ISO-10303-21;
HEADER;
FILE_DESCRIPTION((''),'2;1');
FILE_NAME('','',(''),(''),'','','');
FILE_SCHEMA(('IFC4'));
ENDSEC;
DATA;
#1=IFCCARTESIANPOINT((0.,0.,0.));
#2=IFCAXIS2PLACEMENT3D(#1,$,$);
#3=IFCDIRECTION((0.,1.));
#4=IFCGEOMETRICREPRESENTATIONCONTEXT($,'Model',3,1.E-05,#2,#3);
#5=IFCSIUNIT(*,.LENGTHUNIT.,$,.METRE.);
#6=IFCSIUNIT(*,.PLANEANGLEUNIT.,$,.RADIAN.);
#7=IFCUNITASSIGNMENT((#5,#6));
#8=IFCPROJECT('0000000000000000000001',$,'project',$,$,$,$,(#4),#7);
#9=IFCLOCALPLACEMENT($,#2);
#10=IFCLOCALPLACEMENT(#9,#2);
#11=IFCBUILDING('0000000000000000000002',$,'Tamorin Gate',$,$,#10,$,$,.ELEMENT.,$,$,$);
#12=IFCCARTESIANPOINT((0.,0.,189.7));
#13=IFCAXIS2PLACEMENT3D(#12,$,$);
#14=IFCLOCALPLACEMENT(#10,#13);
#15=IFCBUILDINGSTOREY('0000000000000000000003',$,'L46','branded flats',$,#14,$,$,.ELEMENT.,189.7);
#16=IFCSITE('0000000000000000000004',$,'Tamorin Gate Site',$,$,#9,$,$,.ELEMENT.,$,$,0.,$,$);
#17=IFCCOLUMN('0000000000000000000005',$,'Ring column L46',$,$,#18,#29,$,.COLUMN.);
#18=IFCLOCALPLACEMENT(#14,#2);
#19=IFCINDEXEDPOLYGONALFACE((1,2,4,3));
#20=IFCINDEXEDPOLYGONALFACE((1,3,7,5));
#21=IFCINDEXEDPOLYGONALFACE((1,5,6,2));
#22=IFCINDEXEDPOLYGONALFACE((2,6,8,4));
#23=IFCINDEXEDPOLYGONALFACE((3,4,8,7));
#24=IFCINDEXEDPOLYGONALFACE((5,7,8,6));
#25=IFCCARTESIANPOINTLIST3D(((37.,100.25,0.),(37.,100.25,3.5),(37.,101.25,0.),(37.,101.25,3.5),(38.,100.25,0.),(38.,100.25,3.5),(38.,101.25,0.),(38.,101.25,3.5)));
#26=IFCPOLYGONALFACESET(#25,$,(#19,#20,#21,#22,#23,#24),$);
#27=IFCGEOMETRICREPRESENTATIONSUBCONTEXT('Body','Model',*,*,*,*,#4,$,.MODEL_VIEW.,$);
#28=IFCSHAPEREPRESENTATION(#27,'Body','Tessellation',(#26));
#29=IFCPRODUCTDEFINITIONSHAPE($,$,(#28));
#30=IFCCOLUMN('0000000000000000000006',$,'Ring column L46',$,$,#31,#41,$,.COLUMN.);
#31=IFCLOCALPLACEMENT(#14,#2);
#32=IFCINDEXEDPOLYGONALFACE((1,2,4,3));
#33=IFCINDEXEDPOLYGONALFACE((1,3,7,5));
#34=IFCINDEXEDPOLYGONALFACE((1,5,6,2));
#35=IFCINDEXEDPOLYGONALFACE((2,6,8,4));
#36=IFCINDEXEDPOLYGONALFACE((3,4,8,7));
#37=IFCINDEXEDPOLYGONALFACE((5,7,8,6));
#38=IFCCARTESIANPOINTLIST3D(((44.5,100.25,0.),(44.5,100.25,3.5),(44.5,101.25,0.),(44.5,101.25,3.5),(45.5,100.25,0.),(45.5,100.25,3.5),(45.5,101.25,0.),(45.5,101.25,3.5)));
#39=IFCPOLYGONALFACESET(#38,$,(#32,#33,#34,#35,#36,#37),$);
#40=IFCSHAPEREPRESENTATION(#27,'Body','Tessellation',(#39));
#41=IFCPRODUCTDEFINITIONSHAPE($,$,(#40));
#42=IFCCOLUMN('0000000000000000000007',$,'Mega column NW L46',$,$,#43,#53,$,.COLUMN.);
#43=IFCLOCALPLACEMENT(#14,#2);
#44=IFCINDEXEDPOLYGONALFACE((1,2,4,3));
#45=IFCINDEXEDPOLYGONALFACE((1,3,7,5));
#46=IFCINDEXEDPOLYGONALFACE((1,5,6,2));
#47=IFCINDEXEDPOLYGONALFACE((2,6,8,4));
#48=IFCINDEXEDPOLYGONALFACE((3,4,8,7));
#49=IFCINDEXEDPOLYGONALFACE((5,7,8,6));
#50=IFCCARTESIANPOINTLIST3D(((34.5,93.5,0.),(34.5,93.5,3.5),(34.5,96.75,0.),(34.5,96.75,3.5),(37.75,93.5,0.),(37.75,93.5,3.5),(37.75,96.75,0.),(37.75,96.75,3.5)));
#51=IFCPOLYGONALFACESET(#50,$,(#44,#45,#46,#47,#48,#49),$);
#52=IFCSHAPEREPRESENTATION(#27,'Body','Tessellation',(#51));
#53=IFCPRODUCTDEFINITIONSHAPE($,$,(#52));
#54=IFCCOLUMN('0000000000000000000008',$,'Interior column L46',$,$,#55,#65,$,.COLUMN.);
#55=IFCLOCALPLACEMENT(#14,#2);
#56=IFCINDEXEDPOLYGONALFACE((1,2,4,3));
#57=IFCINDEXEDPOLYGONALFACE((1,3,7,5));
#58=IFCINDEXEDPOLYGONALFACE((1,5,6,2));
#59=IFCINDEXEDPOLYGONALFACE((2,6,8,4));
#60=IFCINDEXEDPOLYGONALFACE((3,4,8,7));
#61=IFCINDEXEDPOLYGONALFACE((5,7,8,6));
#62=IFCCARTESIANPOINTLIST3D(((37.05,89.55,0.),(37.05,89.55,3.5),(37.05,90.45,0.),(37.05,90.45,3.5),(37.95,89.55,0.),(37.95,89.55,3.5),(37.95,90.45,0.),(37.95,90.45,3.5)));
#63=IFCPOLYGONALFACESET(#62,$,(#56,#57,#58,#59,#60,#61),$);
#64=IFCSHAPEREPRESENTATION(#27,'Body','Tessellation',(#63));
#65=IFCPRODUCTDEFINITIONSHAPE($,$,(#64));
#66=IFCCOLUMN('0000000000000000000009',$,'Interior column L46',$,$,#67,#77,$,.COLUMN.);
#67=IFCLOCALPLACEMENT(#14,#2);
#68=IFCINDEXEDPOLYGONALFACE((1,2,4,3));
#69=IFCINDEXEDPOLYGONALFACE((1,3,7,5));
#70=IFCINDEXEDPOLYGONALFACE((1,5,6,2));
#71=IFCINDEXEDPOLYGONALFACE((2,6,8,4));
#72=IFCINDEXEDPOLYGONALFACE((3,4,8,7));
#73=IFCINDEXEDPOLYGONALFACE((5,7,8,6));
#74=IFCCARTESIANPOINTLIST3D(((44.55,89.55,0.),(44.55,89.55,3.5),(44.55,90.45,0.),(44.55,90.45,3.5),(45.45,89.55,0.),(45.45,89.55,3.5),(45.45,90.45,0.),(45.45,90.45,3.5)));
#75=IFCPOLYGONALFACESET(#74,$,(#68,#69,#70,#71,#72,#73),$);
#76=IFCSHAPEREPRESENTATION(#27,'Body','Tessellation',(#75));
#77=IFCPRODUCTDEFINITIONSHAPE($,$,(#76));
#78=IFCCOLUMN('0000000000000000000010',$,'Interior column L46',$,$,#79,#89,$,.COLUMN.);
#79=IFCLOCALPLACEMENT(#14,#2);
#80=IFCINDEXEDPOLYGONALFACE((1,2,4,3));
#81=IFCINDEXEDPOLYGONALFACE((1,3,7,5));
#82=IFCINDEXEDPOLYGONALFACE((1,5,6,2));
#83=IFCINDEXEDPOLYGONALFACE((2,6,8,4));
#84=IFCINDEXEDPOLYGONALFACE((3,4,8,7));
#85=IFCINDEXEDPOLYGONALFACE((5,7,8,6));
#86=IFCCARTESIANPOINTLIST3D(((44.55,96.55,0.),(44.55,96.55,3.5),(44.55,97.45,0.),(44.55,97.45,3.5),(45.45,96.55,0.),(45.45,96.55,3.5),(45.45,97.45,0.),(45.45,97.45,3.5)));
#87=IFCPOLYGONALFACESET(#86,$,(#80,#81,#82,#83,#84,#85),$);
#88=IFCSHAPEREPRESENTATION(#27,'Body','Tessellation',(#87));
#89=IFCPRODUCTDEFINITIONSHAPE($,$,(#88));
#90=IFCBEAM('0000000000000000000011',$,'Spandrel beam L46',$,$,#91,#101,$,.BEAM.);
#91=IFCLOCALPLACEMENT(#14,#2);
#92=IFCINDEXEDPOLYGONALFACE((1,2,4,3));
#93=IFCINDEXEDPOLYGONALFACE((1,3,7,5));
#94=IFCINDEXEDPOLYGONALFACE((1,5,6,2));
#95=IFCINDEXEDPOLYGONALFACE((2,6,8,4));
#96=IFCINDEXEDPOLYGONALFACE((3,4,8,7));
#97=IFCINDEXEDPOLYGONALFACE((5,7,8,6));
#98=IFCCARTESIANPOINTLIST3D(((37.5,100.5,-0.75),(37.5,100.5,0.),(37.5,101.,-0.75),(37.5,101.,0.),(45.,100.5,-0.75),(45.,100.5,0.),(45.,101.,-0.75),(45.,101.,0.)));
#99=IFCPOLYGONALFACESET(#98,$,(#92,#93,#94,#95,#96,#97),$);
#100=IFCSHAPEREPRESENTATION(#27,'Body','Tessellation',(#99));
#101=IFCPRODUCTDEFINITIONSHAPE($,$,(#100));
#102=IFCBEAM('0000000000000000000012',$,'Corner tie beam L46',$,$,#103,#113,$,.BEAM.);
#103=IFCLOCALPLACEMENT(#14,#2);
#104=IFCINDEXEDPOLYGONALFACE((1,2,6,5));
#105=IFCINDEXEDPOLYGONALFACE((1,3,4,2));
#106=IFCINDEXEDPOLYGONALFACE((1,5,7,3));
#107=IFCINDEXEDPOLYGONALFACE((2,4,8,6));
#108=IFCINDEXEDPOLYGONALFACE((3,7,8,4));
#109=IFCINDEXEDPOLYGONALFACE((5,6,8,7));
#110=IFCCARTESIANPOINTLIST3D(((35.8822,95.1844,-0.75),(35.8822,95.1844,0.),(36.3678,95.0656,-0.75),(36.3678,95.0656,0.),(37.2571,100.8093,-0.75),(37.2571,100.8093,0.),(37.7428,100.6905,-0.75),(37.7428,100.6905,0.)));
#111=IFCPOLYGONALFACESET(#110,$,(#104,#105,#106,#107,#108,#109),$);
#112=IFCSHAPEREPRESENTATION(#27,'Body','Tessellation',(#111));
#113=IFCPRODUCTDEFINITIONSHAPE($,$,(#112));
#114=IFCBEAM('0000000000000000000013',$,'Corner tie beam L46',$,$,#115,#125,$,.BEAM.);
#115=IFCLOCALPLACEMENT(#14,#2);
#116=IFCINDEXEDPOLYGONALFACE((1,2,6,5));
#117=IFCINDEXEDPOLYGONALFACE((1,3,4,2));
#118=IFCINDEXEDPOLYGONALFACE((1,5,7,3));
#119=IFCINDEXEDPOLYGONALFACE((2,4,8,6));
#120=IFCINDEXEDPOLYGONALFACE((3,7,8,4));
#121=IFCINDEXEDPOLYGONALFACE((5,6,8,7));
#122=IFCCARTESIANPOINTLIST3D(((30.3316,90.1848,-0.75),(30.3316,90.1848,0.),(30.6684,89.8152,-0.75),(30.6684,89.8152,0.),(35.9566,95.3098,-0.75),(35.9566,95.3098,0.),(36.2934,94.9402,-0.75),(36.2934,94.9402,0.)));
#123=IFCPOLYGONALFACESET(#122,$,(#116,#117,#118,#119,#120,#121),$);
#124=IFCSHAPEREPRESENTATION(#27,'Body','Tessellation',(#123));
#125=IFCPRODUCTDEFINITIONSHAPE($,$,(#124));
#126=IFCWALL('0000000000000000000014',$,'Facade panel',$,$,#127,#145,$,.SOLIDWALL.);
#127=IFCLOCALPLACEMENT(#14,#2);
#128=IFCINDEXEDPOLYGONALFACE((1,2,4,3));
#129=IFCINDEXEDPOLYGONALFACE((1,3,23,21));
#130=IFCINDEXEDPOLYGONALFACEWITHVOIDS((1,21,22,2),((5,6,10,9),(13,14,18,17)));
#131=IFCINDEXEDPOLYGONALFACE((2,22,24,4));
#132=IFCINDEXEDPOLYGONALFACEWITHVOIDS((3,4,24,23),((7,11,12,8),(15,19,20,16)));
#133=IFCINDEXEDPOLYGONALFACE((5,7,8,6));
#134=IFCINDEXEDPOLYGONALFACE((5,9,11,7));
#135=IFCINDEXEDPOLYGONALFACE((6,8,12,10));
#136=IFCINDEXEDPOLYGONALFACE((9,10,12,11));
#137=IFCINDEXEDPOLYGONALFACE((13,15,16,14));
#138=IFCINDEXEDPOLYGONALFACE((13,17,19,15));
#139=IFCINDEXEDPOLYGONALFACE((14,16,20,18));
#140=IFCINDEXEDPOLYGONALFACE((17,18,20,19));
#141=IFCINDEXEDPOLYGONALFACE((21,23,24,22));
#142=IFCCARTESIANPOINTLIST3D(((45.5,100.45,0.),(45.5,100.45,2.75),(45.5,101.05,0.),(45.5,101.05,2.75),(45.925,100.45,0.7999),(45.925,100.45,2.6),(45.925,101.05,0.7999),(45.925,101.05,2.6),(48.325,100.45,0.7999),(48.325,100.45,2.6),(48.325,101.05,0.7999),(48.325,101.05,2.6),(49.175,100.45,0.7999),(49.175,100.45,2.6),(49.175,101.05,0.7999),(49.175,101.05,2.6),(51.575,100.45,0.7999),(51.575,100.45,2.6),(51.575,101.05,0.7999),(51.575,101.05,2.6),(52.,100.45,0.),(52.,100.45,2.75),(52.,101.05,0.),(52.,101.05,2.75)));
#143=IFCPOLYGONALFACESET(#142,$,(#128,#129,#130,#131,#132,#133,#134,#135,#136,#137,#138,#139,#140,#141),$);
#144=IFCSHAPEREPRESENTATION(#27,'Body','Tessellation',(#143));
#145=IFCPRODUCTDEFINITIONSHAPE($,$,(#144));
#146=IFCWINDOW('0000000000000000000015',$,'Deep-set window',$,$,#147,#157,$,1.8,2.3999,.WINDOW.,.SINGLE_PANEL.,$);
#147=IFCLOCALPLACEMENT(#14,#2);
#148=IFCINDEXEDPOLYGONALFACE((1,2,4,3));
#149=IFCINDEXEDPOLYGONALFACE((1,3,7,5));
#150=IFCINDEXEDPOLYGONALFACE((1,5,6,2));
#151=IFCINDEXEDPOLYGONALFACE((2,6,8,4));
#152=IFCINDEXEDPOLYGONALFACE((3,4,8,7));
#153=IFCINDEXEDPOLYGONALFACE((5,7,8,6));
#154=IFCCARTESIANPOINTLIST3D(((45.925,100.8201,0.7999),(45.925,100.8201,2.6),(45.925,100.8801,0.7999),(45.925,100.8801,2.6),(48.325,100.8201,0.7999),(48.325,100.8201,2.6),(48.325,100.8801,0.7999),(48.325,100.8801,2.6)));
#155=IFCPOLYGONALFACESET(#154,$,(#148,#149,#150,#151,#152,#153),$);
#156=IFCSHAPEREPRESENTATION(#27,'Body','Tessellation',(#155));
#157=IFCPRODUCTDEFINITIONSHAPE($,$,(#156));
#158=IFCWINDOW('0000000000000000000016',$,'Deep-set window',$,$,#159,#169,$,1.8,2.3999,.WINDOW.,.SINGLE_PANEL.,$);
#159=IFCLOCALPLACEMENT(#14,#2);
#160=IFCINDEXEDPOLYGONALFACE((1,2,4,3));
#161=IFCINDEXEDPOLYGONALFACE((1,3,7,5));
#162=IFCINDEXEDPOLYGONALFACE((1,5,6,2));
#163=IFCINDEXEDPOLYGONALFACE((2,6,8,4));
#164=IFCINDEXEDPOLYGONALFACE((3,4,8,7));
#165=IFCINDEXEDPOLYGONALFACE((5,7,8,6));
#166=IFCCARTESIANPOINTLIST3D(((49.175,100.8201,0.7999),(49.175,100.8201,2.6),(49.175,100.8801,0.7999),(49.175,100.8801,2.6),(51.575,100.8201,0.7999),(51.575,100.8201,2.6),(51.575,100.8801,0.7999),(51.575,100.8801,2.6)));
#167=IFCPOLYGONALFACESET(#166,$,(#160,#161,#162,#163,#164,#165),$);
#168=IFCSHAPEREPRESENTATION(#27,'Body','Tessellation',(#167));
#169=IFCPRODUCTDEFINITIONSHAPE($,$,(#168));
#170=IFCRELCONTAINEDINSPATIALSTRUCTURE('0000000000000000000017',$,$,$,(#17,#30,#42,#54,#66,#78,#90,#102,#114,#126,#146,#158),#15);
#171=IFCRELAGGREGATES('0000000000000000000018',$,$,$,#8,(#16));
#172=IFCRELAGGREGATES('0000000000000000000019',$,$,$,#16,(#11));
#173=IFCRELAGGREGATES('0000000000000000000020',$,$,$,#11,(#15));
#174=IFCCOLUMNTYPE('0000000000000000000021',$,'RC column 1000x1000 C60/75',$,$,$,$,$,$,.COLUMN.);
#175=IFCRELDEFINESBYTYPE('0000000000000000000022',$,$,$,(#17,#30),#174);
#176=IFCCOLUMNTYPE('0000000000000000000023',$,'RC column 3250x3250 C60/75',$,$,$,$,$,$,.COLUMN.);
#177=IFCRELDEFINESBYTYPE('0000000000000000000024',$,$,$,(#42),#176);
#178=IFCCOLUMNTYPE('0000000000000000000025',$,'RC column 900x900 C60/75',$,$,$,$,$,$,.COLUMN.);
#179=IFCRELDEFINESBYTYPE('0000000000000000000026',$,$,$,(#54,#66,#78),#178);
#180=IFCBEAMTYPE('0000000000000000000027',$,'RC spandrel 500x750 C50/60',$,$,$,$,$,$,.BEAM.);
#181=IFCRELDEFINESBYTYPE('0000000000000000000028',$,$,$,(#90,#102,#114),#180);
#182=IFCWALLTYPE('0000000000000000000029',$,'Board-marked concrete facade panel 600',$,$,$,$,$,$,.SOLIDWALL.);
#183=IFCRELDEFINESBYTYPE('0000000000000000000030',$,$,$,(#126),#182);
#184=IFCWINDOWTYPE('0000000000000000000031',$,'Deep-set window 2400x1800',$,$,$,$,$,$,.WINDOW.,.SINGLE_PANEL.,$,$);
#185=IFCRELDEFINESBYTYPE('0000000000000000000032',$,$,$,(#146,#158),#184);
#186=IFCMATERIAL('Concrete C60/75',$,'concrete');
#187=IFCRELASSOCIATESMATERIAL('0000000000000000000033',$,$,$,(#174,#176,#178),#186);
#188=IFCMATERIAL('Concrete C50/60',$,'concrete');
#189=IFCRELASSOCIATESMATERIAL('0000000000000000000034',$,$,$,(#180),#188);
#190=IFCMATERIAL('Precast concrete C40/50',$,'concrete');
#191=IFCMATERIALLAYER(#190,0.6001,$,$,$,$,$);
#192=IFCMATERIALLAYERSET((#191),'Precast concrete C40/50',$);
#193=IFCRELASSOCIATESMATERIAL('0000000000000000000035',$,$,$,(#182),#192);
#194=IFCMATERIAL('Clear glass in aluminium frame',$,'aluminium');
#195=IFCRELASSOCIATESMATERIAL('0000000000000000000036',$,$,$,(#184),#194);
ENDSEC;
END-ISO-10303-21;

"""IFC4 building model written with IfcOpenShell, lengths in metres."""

from ifc_helpers import new_model, si_unit, direction, frame, frame_2d, origin, origin_2d, place, context, subcontext, project, spatial, rectangle, extrude, material, layer, layer_set, material_profile, profile_set, type_object, element, fill, save


model = new_model("IFC4")

# Units and contexts
model_context = context("Model", 3, precision=1e-05, world=origin(), true_north=direction((0.0, 1.0)))
body_context = subcontext(model_context, "Body", "Model", "MODEL_VIEW")
ifc_project = project(units=[si_unit("LENGTHUNIT", "METRE"), si_unit("PLANEANGLEUNIT", "RADIAN")], contexts=[model_context])

# Site, building, storey
site_placement = place(None, origin())
site = spatial("IfcSite", under=ifc_project, at=site_placement, Name="Tamorin Gate Site", CompositionType="ELEMENT", RefElevation=0.0)
building_placement = place(site_placement, origin())
building = spatial("IfcBuilding", under=site, at=building_placement, Name="Tamorin Gate", CompositionType="ELEMENT")
storey_placement = place(building_placement, frame((0.0, 0.0, 189.7)))
storey = spatial("IfcBuildingStorey", under=building, at=storey_placement, Name="L46", Description="branded flats", CompositionType="ELEMENT", Elevation=189.7)

# Columns
ifc_material_1 = material(Name="Concrete C60/75", Category="concrete")
ifc_material_profile_1 = material_profile(ifc_material_1, rectangle(XDim=1.0, YDim=1.0, at=origin_2d()), Name="RC 1000x1000")
ifc_profile_set_1 = profile_set([ifc_material_profile_1], Name="Concrete C60/75")
column_type_1 = type_object("IfcColumnType", Name="RC column 1000x1000 C60/75", PredefinedType="COLUMN", material=ifc_profile_set_1)
for number, where, z_axis, x_axis, name in (
    (1, (37.5, 100.75, 0.0), (0.0, 0.0, 1.0), (1.0, 0.0, 0.0), "Ring column L46"),
    (2, (45.0, 100.75, 0.0), (0.0, 0.0, 1.0), (1.0, 0.0, 0.0), "Ring column L46"),
):
    element("IfcColumn", number, at=place(storey_placement, frame(where, z_axis=z_axis, x_axis=x_axis)), inside=storey, type_object=column_type_1, Name=name, PredefinedType="COLUMN", context=body_context, shape_type="SweptSolid", body=[
        extrude(rectangle(XDim=1.0, YDim=1.0, at=origin_2d()), origin(), (0.0, 0.0, 1.0), 3.5),
    ])
ifc_material_profile_2 = material_profile(ifc_material_1, rectangle(XDim=3.25, YDim=3.25, at=origin_2d()), Name="RC 3250x3250")
ifc_profile_set_2 = profile_set([ifc_material_profile_2], Name="Concrete C60/75")
column_type_2 = type_object("IfcColumnType", Name="RC column 3250x3250 C60/75", PredefinedType="COLUMN", material=ifc_profile_set_2)
column_placement = place(storey_placement, frame((36.125, 95.125, 0.0), z_axis=(0.0, 0.0, 1.0), x_axis=(1.0, 0.0, 0.0)))
element("IfcColumn", 3, at=column_placement, inside=storey, type_object=column_type_2, Name="Mega column NW L46", PredefinedType="COLUMN", context=body_context, shape_type="SweptSolid", body=[
    extrude(rectangle(XDim=3.25, YDim=3.25, at=origin_2d()), origin(), (0.0, 0.0, 1.0), 3.5),
])
ifc_material_profile_3 = material_profile(ifc_material_1, rectangle(XDim=0.8999, YDim=0.8999, at=origin_2d()), Name="RC 900x900")
ifc_profile_set_3 = profile_set([ifc_material_profile_3], Name="Concrete C60/75")
column_type_3 = type_object("IfcColumnType", Name="RC column 900x900 C60/75", PredefinedType="COLUMN", material=ifc_profile_set_3)
for number, where, z_axis, x_axis, name in (
    (4, (37.5, 90.0, 0.0), (0.0, 0.0, 1.0), (1.0, 0.0, 0.0), "Interior column L46"),
    (5, (45.0, 90.0, 0.0), (0.0, 0.0, 1.0), (1.0, 0.0, 0.0), "Interior column L46"),
    (6, (45.0, 97.0, 0.0), (0.0, 0.0, 1.0), (1.0, 0.0, 0.0), "Interior column L46"),
):
    element("IfcColumn", number, at=place(storey_placement, frame(where, z_axis=z_axis, x_axis=x_axis)), inside=storey, type_object=column_type_3, Name=name, PredefinedType="COLUMN", context=body_context, shape_type="SweptSolid", body=[
        extrude(rectangle(XDim=0.8999, YDim=0.8999, at=origin_2d()), origin(), (0.0, 0.0, 1.0), 3.5),
    ])

# Beams
ifc_material_2 = material(Name="Concrete C50/60", Category="concrete")
ifc_material_profile_4 = material_profile(ifc_material_2, rectangle(XDim=0.5, YDim=0.75, at=origin_2d()), Name="RC 500x750")
ifc_profile_set_4 = profile_set([ifc_material_profile_4], Name="Concrete C50/60")
beam_type = type_object("IfcBeamType", Name="RC spandrel 500x750 C50/60", PredefinedType="BEAM", material=ifc_profile_set_4)
beam_1_placement = place(storey_placement, frame((45.0, 100.75, -0.375), z_axis=(-1.0, 0.0, 0.0), x_axis=(0.0, -1.0, 0.0)))
element("IfcBeam", 7, at=beam_1_placement, inside=storey, type_object=beam_type, Name="Spandrel beam L46", PredefinedType="BEAM", context=body_context, shape_type="SweptSolid", body=[
    extrude(rectangle(XDim=0.5, YDim=0.75, at=origin_2d()), origin(), (0.0, 0.0, 1.0), 7.5),
])
beam_2_placement = place(storey_placement, frame((36.125, 95.125, -0.375), z_axis=(0.237453, 0.971399, 0.0), x_axis=(-0.971399, 0.237453, 0.0)))
element("IfcBeam", 8, at=beam_2_placement, inside=storey, type_object=beam_type, Name="Corner tie beam L46", PredefinedType="BEAM", context=body_context, shape_type="SweptSolid", body=[
    extrude(rectangle(XDim=0.5, YDim=0.75, at=origin_2d()), origin(), (0.0, 0.0, 1.0), 5.7905),
])
beam_3_placement = place(storey_placement, frame((36.125, 95.125, -0.375), z_axis=(-0.739196, -0.67349, 0.0), x_axis=(0.67349, -0.739196, 0.0)))
element("IfcBeam", 9, at=beam_3_placement, inside=storey, type_object=beam_type, Name="Corner tie beam L46", PredefinedType="BEAM", context=body_context, shape_type="SweptSolid", body=[
    extrude(rectangle(XDim=0.5, YDim=0.75, at=origin_2d()), origin(), (0.0, 0.0, 1.0), 7.6096),
])

# Wall, openings, windows
ifc_material_3 = material(Name="Precast concrete C40/50", Category="concrete")
ifc_layer_1 = layer(ifc_material_3, 0.6001)
ifc_layer_set_1 = layer_set([ifc_layer_1], Name="Precast concrete C40/50")
wall_type_1 = type_object("IfcWallType", Name="Board-marked concrete facade panel 600", PredefinedType="SOLIDWALL", material=ifc_layer_set_1)
wall_1_placement = place(storey_placement, frame((52.0, 100.75, 0.0), z_axis=(0.0, 0.0, 1.0), x_axis=(-1.0, 0.0, 0.0)))
wall_1 = element("IfcWall", 10, at=wall_1_placement, inside=storey, type_object=wall_type_1, Name="Facade panel", PredefinedType="SOLIDWALL", context=body_context, shape_type="SweptSolid", body=[
    extrude(rectangle(XDim=6.5, YDim=0.6001, at=frame_2d((3.25, 0.0))), origin(), (0.0, 0.0, 1.0), 2.75),
])
opening_1_placement = place(wall_1_placement, frame((3.675, 0.0, 0.8)))
opening_1 = element("IfcOpeningElement", 11, at=opening_1_placement, cuts=wall_1, PredefinedType="OPENING", context=body_context, shape_type="SweptSolid", body=[
    extrude(rectangle(XDim=2.3999, YDim=1.8, at=frame_2d((1.2, 0.8999))), frame((0.0, 0.3101, 0.0), z_axis=(0.0, -1.0, 0.0), x_axis=(1.0, 0.0, 0.0)), (0.0, 0.0, 1.0), 0.6201),
])
opening_2_placement = place(wall_1_placement, frame((0.425, 0.0, 0.8)))
opening_2 = element("IfcOpeningElement", 12, at=opening_2_placement, cuts=wall_1, PredefinedType="OPENING", context=body_context, shape_type="SweptSolid", body=[
    extrude(rectangle(XDim=2.3999, YDim=1.8, at=frame_2d((1.2, 0.8999))), frame((0.0, 0.3101, 0.0), z_axis=(0.0, -1.0, 0.0), x_axis=(1.0, 0.0, 0.0)), (0.0, 0.0, 1.0), 0.6201),
])
ifc_material_4 = material(Name="Clear glass in aluminium frame", Category="aluminium")
window_type_1 = type_object("IfcWindowType", Name="Deep-set window 2400x1800", PartitioningType="SINGLE_PANEL", PredefinedType="WINDOW", material=ifc_material_4)
window_1_placement = place(opening_1_placement, origin())
window_1 = element("IfcWindow", 13, at=window_1_placement, inside=storey, type_object=window_type_1, Name="Deep-set window", OverallHeight=1.8, OverallWidth=2.3999, PartitioningType="SINGLE_PANEL", PredefinedType="WINDOW", context=body_context, shape_type="SweptSolid", body=[
    extrude(rectangle(XDim=2.3999, YDim=1.8, at=frame_2d((1.2, 0.8999))), frame((0.0, -0.0701, 0.0), z_axis=(0.0, -1.0, 0.0), x_axis=(1.0, 0.0, 0.0)), (0.0, 0.0, 1.0), 0.0601),
])
fill(opening_1, window_1)
window_2_placement = place(opening_2_placement, origin())
window_2 = element("IfcWindow", 14, at=window_2_placement, inside=storey, type_object=window_type_1, Name="Deep-set window", OverallHeight=1.8, OverallWidth=2.3999, PartitioningType="SINGLE_PANEL", PredefinedType="WINDOW", context=body_context, shape_type="SweptSolid", body=[
    extrude(rectangle(XDim=2.3999, YDim=1.8, at=frame_2d((1.2, 0.8999))), frame((0.0, -0.0701, 0.0), z_axis=(0.0, -1.0, 0.0), x_axis=(1.0, 0.0, 0.0)), (0.0, 0.0, 1.0), 0.0601),
])
fill(opening_2, window_2)

save(model, "model.ifc")
